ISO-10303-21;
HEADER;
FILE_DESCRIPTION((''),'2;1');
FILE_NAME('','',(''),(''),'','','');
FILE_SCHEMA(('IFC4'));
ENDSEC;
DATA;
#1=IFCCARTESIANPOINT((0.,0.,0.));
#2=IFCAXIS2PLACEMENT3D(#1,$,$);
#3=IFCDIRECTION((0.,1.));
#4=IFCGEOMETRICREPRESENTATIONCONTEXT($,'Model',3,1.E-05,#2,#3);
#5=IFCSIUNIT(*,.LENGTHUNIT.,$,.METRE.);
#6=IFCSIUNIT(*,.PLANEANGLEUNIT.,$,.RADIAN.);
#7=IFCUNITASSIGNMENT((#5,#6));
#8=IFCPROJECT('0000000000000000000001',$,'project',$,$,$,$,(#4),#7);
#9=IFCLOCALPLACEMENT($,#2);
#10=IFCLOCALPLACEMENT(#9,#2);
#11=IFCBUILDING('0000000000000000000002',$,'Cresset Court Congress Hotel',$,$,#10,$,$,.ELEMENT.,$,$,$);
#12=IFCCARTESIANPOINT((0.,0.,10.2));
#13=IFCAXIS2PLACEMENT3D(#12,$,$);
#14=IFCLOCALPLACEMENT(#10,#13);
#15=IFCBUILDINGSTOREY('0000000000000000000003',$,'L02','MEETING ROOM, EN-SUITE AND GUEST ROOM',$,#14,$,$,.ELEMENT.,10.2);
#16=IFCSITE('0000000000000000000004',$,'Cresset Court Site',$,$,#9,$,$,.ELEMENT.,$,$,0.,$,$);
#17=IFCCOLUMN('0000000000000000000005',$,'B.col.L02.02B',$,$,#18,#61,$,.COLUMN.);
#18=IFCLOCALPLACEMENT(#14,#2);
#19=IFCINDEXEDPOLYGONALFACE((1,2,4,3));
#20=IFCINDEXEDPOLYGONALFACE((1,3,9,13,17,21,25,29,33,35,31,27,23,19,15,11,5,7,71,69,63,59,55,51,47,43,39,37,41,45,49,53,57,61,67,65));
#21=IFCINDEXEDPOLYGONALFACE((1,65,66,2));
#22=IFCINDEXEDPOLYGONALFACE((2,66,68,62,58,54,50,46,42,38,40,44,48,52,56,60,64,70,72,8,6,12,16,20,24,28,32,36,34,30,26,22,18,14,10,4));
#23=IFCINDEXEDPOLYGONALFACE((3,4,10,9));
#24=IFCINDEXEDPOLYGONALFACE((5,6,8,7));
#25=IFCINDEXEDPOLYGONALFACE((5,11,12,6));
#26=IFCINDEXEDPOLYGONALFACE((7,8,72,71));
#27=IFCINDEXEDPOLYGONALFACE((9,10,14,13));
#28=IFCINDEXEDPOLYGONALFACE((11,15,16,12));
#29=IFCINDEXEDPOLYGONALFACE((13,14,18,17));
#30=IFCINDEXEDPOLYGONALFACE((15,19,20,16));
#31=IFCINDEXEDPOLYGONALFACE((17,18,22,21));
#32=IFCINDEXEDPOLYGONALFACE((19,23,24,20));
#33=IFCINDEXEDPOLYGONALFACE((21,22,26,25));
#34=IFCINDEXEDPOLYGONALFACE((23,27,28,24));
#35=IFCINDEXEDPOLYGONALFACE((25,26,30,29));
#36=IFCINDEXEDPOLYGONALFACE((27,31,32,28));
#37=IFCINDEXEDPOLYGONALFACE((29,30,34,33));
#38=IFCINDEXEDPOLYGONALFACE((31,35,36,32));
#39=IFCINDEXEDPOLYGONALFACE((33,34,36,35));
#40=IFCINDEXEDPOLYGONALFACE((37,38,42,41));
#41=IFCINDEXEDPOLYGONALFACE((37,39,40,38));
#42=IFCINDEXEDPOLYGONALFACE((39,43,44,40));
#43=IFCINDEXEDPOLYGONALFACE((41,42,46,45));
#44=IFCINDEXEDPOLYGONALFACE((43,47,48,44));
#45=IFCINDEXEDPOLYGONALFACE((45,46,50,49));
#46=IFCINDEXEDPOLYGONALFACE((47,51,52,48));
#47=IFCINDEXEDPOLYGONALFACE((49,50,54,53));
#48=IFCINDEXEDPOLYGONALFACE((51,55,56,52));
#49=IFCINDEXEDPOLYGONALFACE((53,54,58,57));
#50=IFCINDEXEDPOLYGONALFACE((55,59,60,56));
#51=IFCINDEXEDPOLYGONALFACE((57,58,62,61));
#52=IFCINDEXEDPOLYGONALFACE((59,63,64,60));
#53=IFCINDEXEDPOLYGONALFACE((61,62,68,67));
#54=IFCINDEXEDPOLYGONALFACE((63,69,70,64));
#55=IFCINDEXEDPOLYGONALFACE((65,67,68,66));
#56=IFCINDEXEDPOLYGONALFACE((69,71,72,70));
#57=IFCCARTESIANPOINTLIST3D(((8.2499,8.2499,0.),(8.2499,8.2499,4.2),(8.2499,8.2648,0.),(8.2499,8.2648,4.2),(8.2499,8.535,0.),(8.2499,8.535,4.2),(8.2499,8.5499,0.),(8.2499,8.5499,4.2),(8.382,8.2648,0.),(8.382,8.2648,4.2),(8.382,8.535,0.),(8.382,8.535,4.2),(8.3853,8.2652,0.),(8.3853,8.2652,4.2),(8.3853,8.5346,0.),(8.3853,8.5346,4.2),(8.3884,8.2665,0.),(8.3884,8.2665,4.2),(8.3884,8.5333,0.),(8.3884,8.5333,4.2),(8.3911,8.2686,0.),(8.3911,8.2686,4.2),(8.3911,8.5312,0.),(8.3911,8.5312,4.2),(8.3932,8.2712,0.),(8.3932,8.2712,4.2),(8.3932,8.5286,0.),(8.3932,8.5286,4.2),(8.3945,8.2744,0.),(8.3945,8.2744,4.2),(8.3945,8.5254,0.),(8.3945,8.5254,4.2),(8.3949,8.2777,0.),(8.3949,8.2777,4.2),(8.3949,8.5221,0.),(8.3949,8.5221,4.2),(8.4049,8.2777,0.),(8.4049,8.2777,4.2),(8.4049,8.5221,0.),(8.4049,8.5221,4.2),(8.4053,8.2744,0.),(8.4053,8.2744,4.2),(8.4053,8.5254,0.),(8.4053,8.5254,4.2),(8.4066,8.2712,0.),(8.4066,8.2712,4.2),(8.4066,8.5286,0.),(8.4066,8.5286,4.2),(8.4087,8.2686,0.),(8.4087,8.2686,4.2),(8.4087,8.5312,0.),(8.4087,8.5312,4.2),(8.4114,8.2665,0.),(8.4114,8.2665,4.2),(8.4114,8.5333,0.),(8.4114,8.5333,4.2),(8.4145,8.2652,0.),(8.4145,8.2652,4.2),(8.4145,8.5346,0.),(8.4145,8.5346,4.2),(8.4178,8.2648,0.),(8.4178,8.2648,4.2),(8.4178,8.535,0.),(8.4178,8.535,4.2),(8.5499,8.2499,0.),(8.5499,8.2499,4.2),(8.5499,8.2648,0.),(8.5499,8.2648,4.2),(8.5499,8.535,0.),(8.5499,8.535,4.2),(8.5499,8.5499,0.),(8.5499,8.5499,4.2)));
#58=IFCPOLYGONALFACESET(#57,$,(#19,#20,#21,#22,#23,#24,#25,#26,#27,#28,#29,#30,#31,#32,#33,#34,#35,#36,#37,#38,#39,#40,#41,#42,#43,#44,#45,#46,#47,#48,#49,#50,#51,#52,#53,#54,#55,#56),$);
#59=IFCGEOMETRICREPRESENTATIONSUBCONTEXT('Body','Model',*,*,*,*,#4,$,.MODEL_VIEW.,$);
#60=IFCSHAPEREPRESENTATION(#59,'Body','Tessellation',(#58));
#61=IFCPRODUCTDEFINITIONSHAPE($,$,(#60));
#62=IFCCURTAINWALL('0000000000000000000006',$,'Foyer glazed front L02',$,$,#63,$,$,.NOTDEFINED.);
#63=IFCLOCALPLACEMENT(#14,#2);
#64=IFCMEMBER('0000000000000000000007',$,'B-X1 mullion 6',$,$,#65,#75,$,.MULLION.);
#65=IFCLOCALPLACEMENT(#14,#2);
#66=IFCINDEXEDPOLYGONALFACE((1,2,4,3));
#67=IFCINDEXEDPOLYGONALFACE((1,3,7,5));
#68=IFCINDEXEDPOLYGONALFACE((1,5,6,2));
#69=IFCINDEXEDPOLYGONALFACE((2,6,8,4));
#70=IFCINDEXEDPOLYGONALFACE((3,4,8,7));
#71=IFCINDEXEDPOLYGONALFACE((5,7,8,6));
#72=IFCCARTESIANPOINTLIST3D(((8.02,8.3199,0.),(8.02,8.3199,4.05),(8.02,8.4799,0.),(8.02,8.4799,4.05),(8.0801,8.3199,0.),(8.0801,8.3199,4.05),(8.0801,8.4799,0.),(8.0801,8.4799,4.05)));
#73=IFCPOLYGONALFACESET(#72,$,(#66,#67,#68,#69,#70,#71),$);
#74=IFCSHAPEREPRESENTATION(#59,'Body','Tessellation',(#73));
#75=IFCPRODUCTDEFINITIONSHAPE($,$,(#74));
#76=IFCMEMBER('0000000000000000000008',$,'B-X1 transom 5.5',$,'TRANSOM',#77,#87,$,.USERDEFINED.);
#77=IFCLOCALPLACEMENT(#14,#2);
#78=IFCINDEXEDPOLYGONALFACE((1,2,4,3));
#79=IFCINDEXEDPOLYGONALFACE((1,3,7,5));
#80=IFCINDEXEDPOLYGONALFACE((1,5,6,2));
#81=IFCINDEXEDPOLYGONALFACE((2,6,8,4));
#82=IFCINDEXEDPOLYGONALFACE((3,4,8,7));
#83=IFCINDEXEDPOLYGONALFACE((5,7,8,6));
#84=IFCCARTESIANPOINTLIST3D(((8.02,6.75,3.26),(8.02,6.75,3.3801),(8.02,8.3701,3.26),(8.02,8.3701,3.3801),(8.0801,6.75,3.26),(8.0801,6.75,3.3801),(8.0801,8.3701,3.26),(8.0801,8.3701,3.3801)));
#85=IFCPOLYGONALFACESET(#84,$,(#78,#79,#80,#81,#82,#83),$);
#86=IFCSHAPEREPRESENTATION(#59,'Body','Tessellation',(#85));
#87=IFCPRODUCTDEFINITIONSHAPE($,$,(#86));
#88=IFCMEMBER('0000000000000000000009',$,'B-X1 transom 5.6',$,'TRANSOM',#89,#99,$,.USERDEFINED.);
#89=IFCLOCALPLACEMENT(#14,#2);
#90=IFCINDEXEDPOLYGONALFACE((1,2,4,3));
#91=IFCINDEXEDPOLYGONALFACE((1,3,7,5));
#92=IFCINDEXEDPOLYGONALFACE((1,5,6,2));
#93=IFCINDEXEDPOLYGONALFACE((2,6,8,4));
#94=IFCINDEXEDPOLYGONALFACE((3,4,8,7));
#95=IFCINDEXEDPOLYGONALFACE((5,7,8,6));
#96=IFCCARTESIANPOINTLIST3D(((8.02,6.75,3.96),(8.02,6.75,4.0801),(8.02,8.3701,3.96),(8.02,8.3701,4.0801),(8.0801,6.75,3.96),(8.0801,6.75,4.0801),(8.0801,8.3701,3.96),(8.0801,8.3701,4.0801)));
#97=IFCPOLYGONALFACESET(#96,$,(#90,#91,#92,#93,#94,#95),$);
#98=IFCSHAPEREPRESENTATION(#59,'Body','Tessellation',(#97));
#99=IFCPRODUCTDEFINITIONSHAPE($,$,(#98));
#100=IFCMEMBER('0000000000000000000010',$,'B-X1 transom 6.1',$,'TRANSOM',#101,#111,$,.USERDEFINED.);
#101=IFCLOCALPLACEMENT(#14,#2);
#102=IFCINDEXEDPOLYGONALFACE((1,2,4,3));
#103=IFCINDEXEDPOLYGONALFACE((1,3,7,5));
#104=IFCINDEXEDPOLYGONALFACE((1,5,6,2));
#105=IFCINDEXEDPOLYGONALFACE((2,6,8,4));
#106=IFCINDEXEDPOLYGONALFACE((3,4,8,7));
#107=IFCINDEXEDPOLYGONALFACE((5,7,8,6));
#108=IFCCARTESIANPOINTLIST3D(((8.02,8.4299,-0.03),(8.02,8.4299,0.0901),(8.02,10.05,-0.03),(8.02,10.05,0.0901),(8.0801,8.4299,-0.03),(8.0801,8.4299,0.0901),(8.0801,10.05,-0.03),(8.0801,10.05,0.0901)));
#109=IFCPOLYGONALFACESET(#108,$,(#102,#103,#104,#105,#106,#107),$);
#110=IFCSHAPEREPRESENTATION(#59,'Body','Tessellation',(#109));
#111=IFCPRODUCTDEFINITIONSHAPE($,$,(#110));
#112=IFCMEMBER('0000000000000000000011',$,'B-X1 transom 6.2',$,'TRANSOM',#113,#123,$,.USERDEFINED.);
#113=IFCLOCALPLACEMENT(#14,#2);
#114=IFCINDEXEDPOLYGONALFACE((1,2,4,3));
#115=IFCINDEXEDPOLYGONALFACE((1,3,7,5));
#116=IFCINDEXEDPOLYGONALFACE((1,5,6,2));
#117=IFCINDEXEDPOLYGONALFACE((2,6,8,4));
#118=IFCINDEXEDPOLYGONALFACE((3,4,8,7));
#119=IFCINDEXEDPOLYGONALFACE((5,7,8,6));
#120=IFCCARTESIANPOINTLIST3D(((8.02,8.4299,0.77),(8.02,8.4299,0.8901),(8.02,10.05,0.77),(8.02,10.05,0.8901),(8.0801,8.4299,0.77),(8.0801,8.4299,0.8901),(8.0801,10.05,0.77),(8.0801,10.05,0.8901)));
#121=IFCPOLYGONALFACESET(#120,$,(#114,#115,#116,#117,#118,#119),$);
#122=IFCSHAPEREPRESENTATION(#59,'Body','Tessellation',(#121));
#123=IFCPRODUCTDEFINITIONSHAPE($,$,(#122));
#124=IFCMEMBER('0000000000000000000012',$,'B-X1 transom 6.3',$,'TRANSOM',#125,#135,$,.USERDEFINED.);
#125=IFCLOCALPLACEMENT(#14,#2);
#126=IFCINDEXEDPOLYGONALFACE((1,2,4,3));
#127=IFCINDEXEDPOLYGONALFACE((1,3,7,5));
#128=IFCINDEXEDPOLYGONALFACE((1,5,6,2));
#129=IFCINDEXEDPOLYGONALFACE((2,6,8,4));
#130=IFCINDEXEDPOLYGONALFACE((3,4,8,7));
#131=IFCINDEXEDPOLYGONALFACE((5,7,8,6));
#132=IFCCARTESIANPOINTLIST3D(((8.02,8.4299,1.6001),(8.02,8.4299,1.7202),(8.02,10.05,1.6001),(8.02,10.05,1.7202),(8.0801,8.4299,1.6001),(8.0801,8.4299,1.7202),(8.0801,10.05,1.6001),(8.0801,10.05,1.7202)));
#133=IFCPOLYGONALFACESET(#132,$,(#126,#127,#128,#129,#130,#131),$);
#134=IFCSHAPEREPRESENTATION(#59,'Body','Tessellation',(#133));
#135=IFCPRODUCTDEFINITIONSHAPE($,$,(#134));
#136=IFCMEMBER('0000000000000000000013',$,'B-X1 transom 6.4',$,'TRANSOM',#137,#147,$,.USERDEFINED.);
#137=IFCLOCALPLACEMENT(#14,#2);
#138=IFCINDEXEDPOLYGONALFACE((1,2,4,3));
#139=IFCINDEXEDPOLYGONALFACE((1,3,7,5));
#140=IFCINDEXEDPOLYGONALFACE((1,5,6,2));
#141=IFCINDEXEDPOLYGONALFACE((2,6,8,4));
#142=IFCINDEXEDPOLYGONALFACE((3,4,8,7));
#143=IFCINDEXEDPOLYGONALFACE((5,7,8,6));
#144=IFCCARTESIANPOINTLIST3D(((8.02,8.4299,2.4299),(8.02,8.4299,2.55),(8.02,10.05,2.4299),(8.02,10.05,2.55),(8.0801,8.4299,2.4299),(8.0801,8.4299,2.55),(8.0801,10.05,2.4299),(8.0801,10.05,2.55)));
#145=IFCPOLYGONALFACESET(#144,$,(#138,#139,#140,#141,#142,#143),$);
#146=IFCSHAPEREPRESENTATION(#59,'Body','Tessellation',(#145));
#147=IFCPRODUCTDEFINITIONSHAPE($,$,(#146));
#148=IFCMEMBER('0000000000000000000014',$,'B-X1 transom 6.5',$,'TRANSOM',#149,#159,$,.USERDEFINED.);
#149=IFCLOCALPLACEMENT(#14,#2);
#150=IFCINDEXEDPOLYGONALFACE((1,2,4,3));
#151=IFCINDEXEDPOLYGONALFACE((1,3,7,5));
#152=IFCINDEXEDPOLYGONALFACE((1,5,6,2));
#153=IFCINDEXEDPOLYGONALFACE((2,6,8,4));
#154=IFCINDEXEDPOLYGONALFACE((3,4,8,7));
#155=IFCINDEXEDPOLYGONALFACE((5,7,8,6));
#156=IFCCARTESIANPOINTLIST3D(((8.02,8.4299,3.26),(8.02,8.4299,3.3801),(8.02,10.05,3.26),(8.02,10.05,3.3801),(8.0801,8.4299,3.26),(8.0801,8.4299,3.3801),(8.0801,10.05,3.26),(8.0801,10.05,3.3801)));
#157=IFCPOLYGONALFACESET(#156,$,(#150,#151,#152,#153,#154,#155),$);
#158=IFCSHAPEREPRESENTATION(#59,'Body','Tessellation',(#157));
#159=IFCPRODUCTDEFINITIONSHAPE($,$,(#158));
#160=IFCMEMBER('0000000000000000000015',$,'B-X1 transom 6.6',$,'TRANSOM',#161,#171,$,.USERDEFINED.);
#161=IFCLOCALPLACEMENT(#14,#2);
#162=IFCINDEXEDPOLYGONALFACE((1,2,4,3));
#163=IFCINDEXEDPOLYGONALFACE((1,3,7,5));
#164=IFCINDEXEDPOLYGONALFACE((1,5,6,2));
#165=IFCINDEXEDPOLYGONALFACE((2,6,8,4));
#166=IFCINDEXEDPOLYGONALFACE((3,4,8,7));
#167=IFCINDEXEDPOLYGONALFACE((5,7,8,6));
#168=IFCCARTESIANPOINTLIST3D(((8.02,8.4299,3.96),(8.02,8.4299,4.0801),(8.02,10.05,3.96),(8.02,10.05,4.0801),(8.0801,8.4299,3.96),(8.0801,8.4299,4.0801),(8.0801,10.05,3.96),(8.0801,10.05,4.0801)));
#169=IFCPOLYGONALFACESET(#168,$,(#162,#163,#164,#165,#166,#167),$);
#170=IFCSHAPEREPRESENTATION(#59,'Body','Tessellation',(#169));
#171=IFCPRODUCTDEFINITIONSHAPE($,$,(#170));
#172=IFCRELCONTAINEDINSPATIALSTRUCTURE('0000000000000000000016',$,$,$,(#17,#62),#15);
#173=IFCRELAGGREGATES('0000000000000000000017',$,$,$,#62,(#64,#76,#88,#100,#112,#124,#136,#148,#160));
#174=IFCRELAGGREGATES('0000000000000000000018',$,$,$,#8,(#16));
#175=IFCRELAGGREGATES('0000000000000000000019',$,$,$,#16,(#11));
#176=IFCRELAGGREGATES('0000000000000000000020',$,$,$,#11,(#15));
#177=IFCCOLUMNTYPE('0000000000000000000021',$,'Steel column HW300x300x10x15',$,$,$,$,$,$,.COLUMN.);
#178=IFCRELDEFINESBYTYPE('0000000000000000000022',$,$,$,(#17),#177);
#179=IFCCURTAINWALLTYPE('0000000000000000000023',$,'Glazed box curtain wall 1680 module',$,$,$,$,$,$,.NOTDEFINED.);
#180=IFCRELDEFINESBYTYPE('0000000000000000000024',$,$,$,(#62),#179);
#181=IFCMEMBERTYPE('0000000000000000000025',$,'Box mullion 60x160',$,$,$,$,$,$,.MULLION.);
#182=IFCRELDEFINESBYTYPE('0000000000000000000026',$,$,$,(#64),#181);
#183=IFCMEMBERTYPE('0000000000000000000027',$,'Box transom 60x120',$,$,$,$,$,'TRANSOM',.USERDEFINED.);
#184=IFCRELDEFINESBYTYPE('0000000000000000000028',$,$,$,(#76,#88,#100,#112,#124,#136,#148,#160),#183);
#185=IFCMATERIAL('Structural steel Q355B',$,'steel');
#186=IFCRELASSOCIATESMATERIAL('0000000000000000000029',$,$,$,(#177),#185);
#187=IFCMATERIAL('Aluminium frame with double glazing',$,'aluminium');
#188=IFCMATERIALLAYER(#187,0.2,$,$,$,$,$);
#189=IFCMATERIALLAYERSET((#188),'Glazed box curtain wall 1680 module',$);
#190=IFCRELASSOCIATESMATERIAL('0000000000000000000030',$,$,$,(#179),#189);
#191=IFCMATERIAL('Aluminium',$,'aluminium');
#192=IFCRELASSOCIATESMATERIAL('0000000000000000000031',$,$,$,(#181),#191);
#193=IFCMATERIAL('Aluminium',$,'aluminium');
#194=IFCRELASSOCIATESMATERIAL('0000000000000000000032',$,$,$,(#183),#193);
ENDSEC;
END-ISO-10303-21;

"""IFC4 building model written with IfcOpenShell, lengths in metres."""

from ifc_helpers import new_model, si_unit, direction, frame, origin, origin_2d, place, context, subcontext, project, spatial, rectangle, i_section, extrude, material, layer, layer_set, material_profile, profile_set, type_object, element, aggregate, save


model = new_model("IFC4")

# Units and contexts
model_context = context("Model", 3, precision=1e-05, world=origin(), true_north=direction((0.0, 1.0)))
body_context = subcontext(model_context, "Body", "Model", "MODEL_VIEW")
ifc_project = project(units=[si_unit("LENGTHUNIT", "METRE"), si_unit("PLANEANGLEUNIT", "RADIAN")], contexts=[model_context])

# Site, building, storey
site_placement = place(None, origin())
site = spatial("IfcSite", under=ifc_project, at=site_placement, Name="Cresset Court Site", CompositionType="ELEMENT", RefElevation=0.0)
building_placement = place(site_placement, origin())
building = spatial("IfcBuilding", under=site, at=building_placement, Name="Cresset Court Congress Hotel", CompositionType="ELEMENT")
storey_placement = place(building_placement, frame((0.0, 0.0, 10.2)))
storey = spatial("IfcBuildingStorey", under=building, at=storey_placement, Name="L02", Description="MEETING ROOM, EN-SUITE AND GUEST ROOM", CompositionType="ELEMENT", Elevation=10.2)

# Column
ifc_material_1 = material(Name="Structural steel Q355B", Category="steel")
ifc_material_profile_1 = material_profile(ifc_material_1, i_section(OverallWidth=0.3, OverallDepth=0.3, WebThickness=0.01, FlangeThickness=0.0149, FilletRadius=0.0129, at=origin_2d()), Name="HW300x300x10x15")
ifc_profile_set_1 = profile_set([ifc_material_profile_1], Name="Structural steel Q355B")
column_type = type_object("IfcColumnType", Name="Steel column HW300x300x10x15", PredefinedType="COLUMN", material=ifc_profile_set_1)
column_placement = place(storey_placement, frame((8.3999, 8.3999, 0.0), z_axis=(0.0, 0.0, 1.0), x_axis=(1.0, 0.0, 0.0)))
element("IfcColumn", 1, at=column_placement, inside=storey, type_object=column_type, Name="B.col.L02.02B", PredefinedType="COLUMN", context=body_context, shape_type="SweptSolid", body=[
    extrude(i_section(OverallWidth=0.3, OverallDepth=0.3, WebThickness=0.01, FlangeThickness=0.0149, FilletRadius=0.0129, at=origin_2d()), origin(), (0.0, 0.0, 1.0), 4.2),
])

# Curtain wall, members
ifc_material_2 = material(Name="Aluminium frame with double glazing", Category="aluminium")
ifc_layer_1 = layer(ifc_material_2, 0.2)
ifc_layer_set_1 = layer_set([ifc_layer_1], Name="Glazed box curtain wall 1680 module")
curtain_wall_type = type_object("IfcCurtainWallType", Name="Glazed box curtain wall 1680 module", PredefinedType="NOTDEFINED", material=ifc_layer_set_1)
curtain_wall_placement = place(storey_placement, origin())
curtain_wall = element("IfcCurtainWall", 2, at=curtain_wall_placement, inside=storey, type_object=curtain_wall_type, Name="Foyer glazed front L02", PredefinedType="NOTDEFINED")
ifc_material_3 = material(Name="Aluminium", Category="aluminium")
ifc_material_profile_2 = material_profile(ifc_material_3, rectangle(XDim=0.0601, YDim=0.1599, at=origin_2d()), Name="Box mullion 60x160")
ifc_profile_set_2 = profile_set([ifc_material_profile_2], Name="Aluminium")
member_type_1 = type_object("IfcMemberType", Name="Box mullion 60x160", PredefinedType="MULLION", material=ifc_profile_set_2)
member_1_placement = place(storey_placement, frame((8.05, 8.3999, 0.0), z_axis=(0.0, 0.0, 1.0), x_axis=(-1.0, 0.0, 0.0)))
member_1 = element("IfcMember", 3, at=member_1_placement, type_object=member_type_1, Name="B-X1 mullion 6", PredefinedType="MULLION", context=body_context, shape_type="SweptSolid", body=[
    extrude(rectangle(XDim=0.0601, YDim=0.1599, at=origin_2d()), origin(), (0.0, 0.0, 1.0), 4.05),
])
ifc_material_4 = material(Name="Aluminium", Category="aluminium")
ifc_material_profile_3 = material_profile(ifc_material_4, rectangle(XDim=0.0601, YDim=0.1201, at=origin_2d()), Name="Box transom 60x120")
ifc_profile_set_3 = profile_set([ifc_material_profile_3], Name="Aluminium")
member_type_2 = type_object("IfcMemberType", Name="Box transom 60x120", ElementType="TRANSOM", PredefinedType="USERDEFINED", material=ifc_profile_set_3)
member_2_placement = place(storey_placement, frame((8.05, 6.75, 3.3201), z_axis=(0.0, 1.0, 0.0), x_axis=(-1.0, 0.0, 0.0)))
member_2 = element("IfcMember", 4, at=member_2_placement, type_object=member_type_2, Name="B-X1 transom 5.5", ObjectType="TRANSOM", PredefinedType="USERDEFINED", context=body_context, shape_type="SweptSolid", body=[
    extrude(rectangle(XDim=0.0601, YDim=0.1201, at=origin_2d()), origin(), (0.0, 0.0, 1.0), 1.6201),
])
member_3_placement = place(storey_placement, frame((8.05, 6.75, 4.02), z_axis=(0.0, 1.0, 0.0), x_axis=(-1.0, 0.0, 0.0)))
member_3 = element("IfcMember", 5, at=member_3_placement, type_object=member_type_2, Name="B-X1 transom 5.6", ObjectType="TRANSOM", PredefinedType="USERDEFINED", context=body_context, shape_type="SweptSolid", body=[
    extrude(rectangle(XDim=0.0601, YDim=0.1201, at=origin_2d()), origin(), (0.0, 0.0, 1.0), 1.6201),
])
member_4_placement = place(storey_placement, frame((8.05, 8.4299, 0.03), z_axis=(0.0, 1.0, 0.0), x_axis=(-1.0, 0.0, 0.0)))
member_4 = element("IfcMember", 6, at=member_4_placement, type_object=member_type_2, Name="B-X1 transom 6.1", ObjectType="TRANSOM", PredefinedType="USERDEFINED", context=body_context, shape_type="SweptSolid", body=[
    extrude(rectangle(XDim=0.0601, YDim=0.1201, at=origin_2d()), origin(), (0.0, 0.0, 1.0), 1.6201),
])
member_5_placement = place(storey_placement, frame((8.05, 8.4299, 0.8301), z_axis=(0.0, 1.0, 0.0), x_axis=(-1.0, 0.0, 0.0)))
member_5 = element("IfcMember", 7, at=member_5_placement, type_object=member_type_2, Name="B-X1 transom 6.2", ObjectType="TRANSOM", PredefinedType="USERDEFINED", context=body_context, shape_type="SweptSolid", body=[
    extrude(rectangle(XDim=0.0601, YDim=0.1201, at=origin_2d()), origin(), (0.0, 0.0, 1.0), 1.6201),
])
member_6_placement = place(storey_placement, frame((8.05, 8.4299, 1.6602), z_axis=(0.0, 1.0, 0.0), x_axis=(-1.0, 0.0, 0.0)))
member_6 = element("IfcMember", 8, at=member_6_placement, type_object=member_type_2, Name="B-X1 transom 6.3", ObjectType="TRANSOM", PredefinedType="USERDEFINED", context=body_context, shape_type="SweptSolid", body=[
    extrude(rectangle(XDim=0.0601, YDim=0.1201, at=origin_2d()), origin(), (0.0, 0.0, 1.0), 1.6201),
])
member_7_placement = place(storey_placement, frame((8.05, 8.4299, 2.49), z_axis=(0.0, 1.0, 0.0), x_axis=(-1.0, 0.0, 0.0)))
member_7 = element("IfcMember", 9, at=member_7_placement, type_object=member_type_2, Name="B-X1 transom 6.4", ObjectType="TRANSOM", PredefinedType="USERDEFINED", context=body_context, shape_type="SweptSolid", body=[
    extrude(rectangle(XDim=0.0601, YDim=0.1201, at=origin_2d()), origin(), (0.0, 0.0, 1.0), 1.6201),
])
member_8_placement = place(storey_placement, frame((8.05, 8.4299, 3.3201), z_axis=(0.0, 1.0, 0.0), x_axis=(-1.0, 0.0, 0.0)))
member_8 = element("IfcMember", 10, at=member_8_placement, type_object=member_type_2, Name="B-X1 transom 6.5", ObjectType="TRANSOM", PredefinedType="USERDEFINED", context=body_context, shape_type="SweptSolid", body=[
    extrude(rectangle(XDim=0.0601, YDim=0.1201, at=origin_2d()), origin(), (0.0, 0.0, 1.0), 1.6201),
])
member_9_placement = place(storey_placement, frame((8.05, 8.4299, 4.02), z_axis=(0.0, 1.0, 0.0), x_axis=(-1.0, 0.0, 0.0)))
member_9 = element("IfcMember", 11, at=member_9_placement, type_object=member_type_2, Name="B-X1 transom 6.6", ObjectType="TRANSOM", PredefinedType="USERDEFINED", context=body_context, shape_type="SweptSolid", body=[
    extrude(rectangle(XDim=0.0601, YDim=0.1201, at=origin_2d()), origin(), (0.0, 0.0, 1.0), 1.6201),
])

aggregate(curtain_wall, [member_1, member_2, member_3, member_4, member_5, member_6, member_7, member_8, member_9])

save(model, "model.ifc")
